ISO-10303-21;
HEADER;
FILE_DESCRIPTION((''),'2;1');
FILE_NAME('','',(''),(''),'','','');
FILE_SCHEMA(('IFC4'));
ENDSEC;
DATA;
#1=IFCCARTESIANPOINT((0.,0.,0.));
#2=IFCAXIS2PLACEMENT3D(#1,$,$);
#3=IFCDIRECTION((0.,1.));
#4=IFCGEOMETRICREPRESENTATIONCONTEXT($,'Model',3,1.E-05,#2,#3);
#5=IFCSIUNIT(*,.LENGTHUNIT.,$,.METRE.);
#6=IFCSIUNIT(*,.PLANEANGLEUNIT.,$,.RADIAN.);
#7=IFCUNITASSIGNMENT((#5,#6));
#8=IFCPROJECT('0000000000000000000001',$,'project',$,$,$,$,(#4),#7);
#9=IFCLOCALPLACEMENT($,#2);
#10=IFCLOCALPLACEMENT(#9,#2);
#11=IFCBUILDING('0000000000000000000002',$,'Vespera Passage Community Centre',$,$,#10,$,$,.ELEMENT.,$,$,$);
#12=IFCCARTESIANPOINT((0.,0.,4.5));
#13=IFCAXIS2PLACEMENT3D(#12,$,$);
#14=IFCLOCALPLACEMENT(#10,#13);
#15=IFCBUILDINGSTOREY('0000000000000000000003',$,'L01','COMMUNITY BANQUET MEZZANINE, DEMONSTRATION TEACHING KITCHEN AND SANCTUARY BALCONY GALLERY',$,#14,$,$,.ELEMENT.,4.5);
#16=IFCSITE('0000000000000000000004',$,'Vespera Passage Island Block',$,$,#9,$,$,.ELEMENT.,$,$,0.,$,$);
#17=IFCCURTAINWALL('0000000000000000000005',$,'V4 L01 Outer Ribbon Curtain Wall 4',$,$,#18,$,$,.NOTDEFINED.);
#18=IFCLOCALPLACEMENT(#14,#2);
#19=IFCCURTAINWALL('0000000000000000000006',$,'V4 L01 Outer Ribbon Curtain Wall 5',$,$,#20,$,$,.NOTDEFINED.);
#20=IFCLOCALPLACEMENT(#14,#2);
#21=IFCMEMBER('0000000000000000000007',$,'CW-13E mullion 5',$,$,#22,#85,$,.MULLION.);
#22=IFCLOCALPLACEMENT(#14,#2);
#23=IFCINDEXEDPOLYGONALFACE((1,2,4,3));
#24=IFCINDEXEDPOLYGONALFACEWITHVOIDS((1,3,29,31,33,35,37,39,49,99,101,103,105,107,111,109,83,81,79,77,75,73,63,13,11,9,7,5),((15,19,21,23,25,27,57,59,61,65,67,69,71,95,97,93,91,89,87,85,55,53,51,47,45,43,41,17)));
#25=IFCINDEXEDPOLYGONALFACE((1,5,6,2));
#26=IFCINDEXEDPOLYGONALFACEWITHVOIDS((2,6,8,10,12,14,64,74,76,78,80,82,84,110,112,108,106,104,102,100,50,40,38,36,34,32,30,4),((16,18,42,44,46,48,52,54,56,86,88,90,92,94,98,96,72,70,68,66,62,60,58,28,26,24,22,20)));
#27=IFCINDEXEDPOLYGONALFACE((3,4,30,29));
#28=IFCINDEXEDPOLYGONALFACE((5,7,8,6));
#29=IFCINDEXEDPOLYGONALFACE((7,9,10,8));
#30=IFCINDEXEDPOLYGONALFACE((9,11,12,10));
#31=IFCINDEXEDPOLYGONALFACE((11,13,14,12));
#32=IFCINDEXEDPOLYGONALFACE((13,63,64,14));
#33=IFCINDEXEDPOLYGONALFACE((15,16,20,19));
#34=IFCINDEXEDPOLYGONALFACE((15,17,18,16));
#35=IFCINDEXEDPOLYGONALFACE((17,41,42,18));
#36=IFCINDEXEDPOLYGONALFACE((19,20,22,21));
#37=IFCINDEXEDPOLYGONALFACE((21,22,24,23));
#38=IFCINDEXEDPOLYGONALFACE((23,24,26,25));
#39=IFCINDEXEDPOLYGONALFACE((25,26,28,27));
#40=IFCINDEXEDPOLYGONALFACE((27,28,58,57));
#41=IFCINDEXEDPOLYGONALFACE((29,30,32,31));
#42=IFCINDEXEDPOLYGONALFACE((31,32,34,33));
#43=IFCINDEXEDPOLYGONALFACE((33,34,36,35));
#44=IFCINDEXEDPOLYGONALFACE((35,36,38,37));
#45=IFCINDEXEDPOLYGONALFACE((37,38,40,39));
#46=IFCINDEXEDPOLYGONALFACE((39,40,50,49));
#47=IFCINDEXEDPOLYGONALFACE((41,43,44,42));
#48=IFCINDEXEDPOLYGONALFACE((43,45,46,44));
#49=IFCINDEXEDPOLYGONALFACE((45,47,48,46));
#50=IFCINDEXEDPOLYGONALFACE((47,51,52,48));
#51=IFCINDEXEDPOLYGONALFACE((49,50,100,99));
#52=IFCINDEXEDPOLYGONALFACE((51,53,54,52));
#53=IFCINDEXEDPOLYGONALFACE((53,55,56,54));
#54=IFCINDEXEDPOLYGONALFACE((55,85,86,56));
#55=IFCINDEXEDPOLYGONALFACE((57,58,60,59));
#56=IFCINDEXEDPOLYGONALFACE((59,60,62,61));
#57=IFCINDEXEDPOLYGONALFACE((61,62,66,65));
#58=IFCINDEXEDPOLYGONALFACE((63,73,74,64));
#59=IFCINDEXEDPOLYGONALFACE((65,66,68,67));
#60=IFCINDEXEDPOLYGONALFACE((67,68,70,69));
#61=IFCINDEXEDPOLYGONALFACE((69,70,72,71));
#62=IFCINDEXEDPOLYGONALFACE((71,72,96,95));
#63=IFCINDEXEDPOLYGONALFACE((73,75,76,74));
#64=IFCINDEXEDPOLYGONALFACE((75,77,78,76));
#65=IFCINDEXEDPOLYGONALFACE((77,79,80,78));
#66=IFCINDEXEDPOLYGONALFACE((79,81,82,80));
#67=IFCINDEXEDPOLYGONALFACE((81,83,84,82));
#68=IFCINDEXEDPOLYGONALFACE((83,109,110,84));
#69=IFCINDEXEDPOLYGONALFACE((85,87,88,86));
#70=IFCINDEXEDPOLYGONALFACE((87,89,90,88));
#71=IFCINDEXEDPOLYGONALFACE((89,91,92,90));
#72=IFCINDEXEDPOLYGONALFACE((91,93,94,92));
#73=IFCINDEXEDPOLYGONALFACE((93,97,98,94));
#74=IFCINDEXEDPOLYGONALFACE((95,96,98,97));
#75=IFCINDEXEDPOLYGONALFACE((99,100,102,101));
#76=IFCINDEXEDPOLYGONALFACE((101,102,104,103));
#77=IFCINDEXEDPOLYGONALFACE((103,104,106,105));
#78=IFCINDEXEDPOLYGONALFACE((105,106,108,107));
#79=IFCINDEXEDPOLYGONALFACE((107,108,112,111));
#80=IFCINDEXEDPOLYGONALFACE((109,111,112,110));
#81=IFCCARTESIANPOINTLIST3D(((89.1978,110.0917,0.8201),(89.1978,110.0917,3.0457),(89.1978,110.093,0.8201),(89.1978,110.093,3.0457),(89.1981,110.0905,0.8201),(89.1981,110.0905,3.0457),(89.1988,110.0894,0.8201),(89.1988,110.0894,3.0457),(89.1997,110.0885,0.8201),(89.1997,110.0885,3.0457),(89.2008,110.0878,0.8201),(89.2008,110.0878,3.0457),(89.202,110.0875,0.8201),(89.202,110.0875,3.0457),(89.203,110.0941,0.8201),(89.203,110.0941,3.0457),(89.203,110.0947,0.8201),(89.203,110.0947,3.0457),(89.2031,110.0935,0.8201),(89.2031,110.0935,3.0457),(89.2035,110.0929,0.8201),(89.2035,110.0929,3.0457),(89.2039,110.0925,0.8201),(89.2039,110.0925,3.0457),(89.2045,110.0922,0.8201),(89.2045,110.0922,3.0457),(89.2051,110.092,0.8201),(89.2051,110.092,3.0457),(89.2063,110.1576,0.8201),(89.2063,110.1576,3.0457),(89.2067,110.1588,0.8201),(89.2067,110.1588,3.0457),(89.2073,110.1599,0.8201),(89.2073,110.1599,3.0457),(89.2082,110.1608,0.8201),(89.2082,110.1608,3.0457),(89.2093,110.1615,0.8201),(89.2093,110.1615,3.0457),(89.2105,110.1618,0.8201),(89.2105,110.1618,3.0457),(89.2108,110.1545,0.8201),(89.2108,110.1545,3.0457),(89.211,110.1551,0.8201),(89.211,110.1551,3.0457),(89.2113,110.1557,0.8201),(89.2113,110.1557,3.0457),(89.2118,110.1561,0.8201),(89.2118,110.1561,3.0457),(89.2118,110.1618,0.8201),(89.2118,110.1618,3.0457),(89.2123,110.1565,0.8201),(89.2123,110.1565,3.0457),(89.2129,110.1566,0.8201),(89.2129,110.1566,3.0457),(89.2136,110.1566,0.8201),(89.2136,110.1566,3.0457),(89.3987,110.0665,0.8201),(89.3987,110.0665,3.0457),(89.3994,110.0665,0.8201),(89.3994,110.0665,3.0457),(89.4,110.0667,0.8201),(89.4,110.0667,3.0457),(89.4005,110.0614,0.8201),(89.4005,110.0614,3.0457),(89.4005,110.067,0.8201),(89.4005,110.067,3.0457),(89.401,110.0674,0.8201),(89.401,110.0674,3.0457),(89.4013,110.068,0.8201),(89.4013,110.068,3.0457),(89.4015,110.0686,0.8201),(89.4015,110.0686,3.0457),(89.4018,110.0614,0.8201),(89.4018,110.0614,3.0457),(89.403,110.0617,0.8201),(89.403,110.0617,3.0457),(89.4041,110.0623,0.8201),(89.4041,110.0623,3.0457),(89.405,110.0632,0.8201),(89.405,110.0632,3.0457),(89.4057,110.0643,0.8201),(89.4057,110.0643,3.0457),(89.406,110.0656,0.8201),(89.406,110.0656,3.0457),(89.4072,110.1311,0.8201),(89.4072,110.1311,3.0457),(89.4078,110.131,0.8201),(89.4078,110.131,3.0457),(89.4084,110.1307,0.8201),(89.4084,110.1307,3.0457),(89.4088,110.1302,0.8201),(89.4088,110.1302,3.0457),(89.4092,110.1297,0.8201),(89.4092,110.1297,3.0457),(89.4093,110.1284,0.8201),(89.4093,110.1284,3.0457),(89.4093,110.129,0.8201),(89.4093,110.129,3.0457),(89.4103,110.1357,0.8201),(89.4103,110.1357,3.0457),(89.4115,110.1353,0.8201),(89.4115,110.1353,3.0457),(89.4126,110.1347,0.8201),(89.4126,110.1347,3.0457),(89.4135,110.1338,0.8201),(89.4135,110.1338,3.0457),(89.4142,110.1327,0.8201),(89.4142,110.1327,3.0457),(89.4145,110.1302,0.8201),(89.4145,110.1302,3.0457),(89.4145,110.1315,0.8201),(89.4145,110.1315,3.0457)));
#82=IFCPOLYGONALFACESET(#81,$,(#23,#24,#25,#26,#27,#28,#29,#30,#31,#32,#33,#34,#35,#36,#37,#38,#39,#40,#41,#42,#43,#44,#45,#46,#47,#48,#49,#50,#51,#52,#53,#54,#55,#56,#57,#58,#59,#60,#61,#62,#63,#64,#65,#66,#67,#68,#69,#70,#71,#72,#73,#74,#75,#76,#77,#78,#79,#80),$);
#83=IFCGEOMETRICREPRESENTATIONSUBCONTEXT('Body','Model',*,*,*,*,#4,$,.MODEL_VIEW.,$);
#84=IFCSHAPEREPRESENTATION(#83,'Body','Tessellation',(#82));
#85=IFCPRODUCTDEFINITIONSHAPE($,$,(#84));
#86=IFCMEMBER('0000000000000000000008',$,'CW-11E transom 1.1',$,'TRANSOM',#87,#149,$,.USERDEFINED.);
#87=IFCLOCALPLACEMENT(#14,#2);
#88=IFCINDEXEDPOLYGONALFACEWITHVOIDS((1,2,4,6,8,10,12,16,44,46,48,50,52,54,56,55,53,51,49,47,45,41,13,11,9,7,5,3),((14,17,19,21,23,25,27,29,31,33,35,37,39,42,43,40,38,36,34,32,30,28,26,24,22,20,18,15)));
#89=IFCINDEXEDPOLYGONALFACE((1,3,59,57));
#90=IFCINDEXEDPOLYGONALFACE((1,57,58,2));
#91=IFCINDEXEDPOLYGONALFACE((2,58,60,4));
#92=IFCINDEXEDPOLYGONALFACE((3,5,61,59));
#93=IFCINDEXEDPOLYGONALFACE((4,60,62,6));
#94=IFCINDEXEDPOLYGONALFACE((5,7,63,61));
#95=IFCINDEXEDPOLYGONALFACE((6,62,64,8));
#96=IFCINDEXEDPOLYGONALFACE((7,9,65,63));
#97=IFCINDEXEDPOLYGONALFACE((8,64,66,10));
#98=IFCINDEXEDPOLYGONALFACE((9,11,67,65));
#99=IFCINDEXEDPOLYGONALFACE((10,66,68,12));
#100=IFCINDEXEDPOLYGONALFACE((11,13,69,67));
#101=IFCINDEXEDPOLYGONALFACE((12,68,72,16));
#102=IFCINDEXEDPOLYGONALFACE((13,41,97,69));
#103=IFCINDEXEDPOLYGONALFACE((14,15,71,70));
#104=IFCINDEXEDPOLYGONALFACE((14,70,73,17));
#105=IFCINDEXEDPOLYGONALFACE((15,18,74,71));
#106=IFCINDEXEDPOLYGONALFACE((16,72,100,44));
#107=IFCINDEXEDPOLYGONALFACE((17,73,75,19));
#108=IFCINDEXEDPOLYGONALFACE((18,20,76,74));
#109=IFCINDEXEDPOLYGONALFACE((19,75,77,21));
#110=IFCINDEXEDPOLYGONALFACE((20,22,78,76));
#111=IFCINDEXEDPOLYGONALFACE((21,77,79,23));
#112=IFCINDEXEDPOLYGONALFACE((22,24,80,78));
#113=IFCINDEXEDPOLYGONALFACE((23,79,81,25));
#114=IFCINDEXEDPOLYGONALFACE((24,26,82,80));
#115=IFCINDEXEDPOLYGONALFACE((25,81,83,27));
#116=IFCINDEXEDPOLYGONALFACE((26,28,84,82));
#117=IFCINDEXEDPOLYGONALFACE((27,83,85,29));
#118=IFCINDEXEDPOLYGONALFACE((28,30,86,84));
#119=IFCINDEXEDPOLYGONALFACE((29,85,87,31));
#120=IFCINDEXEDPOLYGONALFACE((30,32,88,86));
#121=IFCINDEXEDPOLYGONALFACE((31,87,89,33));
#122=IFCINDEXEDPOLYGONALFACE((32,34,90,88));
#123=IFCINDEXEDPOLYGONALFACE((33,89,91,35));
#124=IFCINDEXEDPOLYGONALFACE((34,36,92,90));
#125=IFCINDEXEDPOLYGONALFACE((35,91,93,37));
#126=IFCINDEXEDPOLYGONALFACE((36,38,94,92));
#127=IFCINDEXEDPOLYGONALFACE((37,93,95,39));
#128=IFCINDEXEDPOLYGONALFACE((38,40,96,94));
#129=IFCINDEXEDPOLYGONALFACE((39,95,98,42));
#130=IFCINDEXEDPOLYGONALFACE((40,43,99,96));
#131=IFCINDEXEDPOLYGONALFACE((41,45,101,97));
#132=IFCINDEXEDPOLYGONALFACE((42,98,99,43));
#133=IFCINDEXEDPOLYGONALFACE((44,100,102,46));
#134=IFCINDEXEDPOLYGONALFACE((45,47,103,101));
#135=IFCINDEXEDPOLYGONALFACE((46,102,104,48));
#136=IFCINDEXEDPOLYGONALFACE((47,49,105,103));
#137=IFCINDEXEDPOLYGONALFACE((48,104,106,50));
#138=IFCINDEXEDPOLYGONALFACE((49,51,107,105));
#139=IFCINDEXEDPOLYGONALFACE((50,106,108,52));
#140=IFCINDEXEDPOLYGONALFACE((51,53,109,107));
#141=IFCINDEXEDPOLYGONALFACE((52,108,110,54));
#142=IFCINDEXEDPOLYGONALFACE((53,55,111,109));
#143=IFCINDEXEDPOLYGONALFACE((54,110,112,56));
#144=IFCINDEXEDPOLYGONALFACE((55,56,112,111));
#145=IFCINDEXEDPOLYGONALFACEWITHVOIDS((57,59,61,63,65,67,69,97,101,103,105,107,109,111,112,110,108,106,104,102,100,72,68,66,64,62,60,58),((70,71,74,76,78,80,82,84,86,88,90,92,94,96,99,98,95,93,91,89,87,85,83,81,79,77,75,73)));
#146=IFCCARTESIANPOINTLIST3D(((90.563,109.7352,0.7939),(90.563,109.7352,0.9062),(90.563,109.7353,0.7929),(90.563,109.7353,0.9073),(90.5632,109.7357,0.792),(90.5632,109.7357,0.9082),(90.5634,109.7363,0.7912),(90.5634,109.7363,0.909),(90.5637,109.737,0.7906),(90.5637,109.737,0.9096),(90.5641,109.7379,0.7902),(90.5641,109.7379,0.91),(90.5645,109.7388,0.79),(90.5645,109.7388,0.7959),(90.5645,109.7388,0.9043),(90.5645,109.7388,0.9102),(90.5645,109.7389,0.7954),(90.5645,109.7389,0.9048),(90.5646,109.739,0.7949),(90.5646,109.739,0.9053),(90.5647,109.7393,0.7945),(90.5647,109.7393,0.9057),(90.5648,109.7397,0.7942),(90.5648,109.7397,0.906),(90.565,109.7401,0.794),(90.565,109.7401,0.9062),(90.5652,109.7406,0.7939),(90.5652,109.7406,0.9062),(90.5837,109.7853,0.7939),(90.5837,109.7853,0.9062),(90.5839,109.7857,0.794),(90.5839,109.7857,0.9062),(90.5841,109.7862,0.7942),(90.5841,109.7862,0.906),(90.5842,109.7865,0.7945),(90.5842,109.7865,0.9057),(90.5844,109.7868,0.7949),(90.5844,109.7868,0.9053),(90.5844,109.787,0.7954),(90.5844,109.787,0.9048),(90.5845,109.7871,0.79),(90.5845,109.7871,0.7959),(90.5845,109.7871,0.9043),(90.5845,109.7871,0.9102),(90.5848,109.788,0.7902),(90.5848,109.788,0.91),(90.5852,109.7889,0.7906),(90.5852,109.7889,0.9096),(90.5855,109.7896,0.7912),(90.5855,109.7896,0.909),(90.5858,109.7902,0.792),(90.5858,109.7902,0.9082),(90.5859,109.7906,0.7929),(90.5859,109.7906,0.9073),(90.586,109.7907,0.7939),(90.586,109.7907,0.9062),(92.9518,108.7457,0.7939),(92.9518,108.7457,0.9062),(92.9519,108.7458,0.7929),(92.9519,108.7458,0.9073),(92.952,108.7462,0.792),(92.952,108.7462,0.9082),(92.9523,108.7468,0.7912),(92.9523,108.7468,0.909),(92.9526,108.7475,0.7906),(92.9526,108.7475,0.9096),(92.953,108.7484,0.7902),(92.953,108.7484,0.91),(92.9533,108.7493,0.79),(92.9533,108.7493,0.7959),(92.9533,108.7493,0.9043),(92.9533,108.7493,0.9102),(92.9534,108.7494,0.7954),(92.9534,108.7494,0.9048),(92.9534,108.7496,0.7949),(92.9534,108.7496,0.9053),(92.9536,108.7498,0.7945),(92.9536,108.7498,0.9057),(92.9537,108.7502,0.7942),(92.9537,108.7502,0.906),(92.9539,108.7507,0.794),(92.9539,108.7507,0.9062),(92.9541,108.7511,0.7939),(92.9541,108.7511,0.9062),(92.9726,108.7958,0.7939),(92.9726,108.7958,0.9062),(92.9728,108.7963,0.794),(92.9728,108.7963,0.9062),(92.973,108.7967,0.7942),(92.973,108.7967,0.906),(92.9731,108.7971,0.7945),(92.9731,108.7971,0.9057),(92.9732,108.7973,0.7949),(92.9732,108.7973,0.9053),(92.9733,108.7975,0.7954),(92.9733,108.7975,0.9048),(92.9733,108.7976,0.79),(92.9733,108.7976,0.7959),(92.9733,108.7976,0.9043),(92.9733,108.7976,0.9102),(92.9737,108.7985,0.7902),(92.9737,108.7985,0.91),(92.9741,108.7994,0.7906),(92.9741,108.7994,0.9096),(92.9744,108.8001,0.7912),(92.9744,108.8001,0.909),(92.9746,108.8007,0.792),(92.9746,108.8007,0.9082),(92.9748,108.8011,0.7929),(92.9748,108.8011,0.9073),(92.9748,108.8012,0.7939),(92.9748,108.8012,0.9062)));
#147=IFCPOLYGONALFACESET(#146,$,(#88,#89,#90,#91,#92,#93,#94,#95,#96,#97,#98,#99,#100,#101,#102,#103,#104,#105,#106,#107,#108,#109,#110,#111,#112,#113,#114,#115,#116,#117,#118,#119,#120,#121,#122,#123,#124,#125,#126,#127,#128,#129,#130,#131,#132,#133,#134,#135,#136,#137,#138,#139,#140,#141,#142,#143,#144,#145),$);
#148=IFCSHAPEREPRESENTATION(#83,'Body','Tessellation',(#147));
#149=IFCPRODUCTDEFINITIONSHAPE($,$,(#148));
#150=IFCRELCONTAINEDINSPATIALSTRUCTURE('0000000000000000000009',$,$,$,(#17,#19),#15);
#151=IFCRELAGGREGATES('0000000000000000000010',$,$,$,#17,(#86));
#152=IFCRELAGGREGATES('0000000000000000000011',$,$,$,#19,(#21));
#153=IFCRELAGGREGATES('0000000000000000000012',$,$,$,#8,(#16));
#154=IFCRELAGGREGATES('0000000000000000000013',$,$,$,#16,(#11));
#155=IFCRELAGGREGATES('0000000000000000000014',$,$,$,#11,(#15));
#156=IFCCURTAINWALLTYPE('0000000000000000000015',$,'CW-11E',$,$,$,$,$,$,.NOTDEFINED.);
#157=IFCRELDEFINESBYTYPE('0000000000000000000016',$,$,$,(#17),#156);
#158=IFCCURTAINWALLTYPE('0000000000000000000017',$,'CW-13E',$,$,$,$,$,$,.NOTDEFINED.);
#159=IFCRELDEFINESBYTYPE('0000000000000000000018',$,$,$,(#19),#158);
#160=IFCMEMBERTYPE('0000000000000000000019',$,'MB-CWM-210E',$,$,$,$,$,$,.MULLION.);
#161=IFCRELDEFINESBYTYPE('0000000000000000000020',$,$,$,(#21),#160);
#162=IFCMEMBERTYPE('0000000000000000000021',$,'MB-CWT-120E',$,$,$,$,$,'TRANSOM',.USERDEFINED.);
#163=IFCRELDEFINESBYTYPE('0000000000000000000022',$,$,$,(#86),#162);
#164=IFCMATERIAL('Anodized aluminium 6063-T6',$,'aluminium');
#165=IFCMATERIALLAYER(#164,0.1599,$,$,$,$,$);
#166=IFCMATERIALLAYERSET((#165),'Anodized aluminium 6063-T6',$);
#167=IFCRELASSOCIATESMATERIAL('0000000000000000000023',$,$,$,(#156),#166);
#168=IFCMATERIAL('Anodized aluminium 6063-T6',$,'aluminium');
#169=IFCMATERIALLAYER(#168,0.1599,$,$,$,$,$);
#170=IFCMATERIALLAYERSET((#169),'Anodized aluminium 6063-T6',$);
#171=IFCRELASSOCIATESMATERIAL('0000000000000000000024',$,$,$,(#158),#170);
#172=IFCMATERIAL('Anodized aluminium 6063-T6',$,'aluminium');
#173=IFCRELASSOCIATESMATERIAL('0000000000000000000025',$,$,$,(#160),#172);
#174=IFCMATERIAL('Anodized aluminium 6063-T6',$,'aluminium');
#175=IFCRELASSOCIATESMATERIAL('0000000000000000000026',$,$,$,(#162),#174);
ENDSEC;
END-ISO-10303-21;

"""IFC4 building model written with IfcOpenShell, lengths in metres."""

from ifc_helpers import new_model, si_unit, direction, frame, origin, origin_2d, place, context, subcontext, project, spatial, hollow_rectangle, extrude, material, layer, layer_set, material_profile, profile_set, type_object, element, aggregate, save


model = new_model("IFC4")

# Units and contexts
model_context = context("Model", 3, precision=1e-05, world=origin(), true_north=direction((0.0, 1.0)))
body_context = subcontext(model_context, "Body", "Model", "MODEL_VIEW")
ifc_project = project(units=[si_unit("LENGTHUNIT", "METRE"), si_unit("PLANEANGLEUNIT", "RADIAN")], contexts=[model_context])

# Site, building, storey
site_placement = place(None, origin())
site = spatial("IfcSite", under=ifc_project, at=site_placement, Name="Vespera Passage Island Block", CompositionType="ELEMENT", RefElevation=0.0)
building_placement = place(site_placement, origin())
building = spatial("IfcBuilding", under=site, at=building_placement, Name="Vespera Passage Community Centre", CompositionType="ELEMENT")
storey_placement = place(building_placement, frame((0.0, 0.0, 4.5)))
storey = spatial("IfcBuildingStorey", under=building, at=storey_placement, Name="L01", Description="COMMUNITY BANQUET MEZZANINE, DEMONSTRATION TEACHING KITCHEN AND SANCTUARY BALCONY GALLERY", CompositionType="ELEMENT", Elevation=4.5)

# Curtain wall
ifc_material_1 = material(Name="Anodized aluminium 6063-T6", Category="aluminium")
ifc_layer_1 = layer(ifc_material_1, 0.1599)
ifc_layer_set_1 = layer_set([ifc_layer_1], Name="Anodized aluminium 6063-T6")
curtain_wall_type_1 = type_object("IfcCurtainWallType", Name="CW-11E", PredefinedType="NOTDEFINED", material=ifc_layer_set_1)
curtain_wall_1_placement = place(storey_placement, origin())
curtain_wall_1 = element("IfcCurtainWall", 1, at=curtain_wall_1_placement, inside=storey, type_object=curtain_wall_type_1, Name="V4 L01 Outer Ribbon Curtain Wall 4", PredefinedType="NOTDEFINED")

# Curtain wall, member
ifc_material_2 = material(Name="Anodized aluminium 6063-T6", Category="aluminium")
ifc_layer_2 = layer(ifc_material_2, 0.1599)
ifc_layer_set_2 = layer_set([ifc_layer_2], Name="Anodized aluminium 6063-T6")
curtain_wall_type_2 = type_object("IfcCurtainWallType", Name="CW-13E", PredefinedType="NOTDEFINED", material=ifc_layer_set_2)
curtain_wall_2_placement = place(storey_placement, origin())
curtain_wall_2 = element("IfcCurtainWall", 2, at=curtain_wall_2_placement, inside=storey, type_object=curtain_wall_type_2, Name="V4 L01 Outer Ribbon Curtain Wall 5", PredefinedType="NOTDEFINED")
ifc_material_3 = material(Name="Anodized aluminium 6063-T6", Category="aluminium")
ifc_material_profile_1 = material_profile(ifc_material_3, hollow_rectangle(XDim=0.075, YDim=0.21, WallThickness=0.0049, InnerFilletRadius=0.0024, OuterFilletRadius=0.0049, at=origin_2d()), Name="ALU210X75X5")
ifc_profile_set_1 = profile_set([ifc_material_profile_1], Name="Anodized aluminium 6063-T6")
member_type_1 = type_object("IfcMemberType", Name="MB-CWM-210E", PredefinedType="MULLION", material=ifc_profile_set_1)
member_1_placement = place(storey_placement, frame((89.3062, 110.1116, 0.8201), z_axis=(0.0, 0.0, 1.0), x_axis=(0.130531, 0.991444, 0.0)))
member_1 = element("IfcMember", 3, at=member_1_placement, type_object=member_type_1, Name="CW-13E mullion 5", PredefinedType="MULLION", context=body_context, shape_type="SweptSolid", body=[
    extrude(hollow_rectangle(XDim=0.075, YDim=0.21, WallThickness=0.0049, InnerFilletRadius=0.0024, OuterFilletRadius=0.0049, at=origin_2d()), origin(), (0.0, 0.0, 1.0), 2.2256),
])

# Member
ifc_material_4 = material(Name="Anodized aluminium 6063-T6", Category="aluminium")
ifc_material_profile_2 = material_profile(ifc_material_4, hollow_rectangle(XDim=0.0601, YDim=0.1201, WallThickness=0.0039, InnerFilletRadius=0.002, OuterFilletRadius=0.0039, at=origin_2d()), Name="ALU120X60X4")
ifc_profile_set_2 = profile_set([ifc_material_profile_2], Name="Anodized aluminium 6063-T6")
member_type_2 = type_object("IfcMemberType", Name="MB-CWT-120E", ElementType="TRANSOM", PredefinedType="USERDEFINED", material=ifc_profile_set_2)
member_2_placement = place(storey_placement, frame((90.5745, 109.7629, 0.8501), z_axis=(0.923882, -0.382677, 0.0), x_axis=(0.382677, 0.923882, 0.0)))
member_2 = element("IfcMember", 4, at=member_2_placement, type_object=member_type_2, Name="CW-11E transom 1.1", ObjectType="TRANSOM", PredefinedType="USERDEFINED", context=body_context, shape_type="SweptSolid", body=[
    extrude(hollow_rectangle(XDim=0.0601, YDim=0.1201, WallThickness=0.0039, InnerFilletRadius=0.002, OuterFilletRadius=0.0039, at=origin_2d()), origin(), (0.0, 0.0, 1.0), 2.5857),
])

aggregate(curtain_wall_1, [member_2])
aggregate(curtain_wall_2, [member_1])

save(model, "model.ifc")
